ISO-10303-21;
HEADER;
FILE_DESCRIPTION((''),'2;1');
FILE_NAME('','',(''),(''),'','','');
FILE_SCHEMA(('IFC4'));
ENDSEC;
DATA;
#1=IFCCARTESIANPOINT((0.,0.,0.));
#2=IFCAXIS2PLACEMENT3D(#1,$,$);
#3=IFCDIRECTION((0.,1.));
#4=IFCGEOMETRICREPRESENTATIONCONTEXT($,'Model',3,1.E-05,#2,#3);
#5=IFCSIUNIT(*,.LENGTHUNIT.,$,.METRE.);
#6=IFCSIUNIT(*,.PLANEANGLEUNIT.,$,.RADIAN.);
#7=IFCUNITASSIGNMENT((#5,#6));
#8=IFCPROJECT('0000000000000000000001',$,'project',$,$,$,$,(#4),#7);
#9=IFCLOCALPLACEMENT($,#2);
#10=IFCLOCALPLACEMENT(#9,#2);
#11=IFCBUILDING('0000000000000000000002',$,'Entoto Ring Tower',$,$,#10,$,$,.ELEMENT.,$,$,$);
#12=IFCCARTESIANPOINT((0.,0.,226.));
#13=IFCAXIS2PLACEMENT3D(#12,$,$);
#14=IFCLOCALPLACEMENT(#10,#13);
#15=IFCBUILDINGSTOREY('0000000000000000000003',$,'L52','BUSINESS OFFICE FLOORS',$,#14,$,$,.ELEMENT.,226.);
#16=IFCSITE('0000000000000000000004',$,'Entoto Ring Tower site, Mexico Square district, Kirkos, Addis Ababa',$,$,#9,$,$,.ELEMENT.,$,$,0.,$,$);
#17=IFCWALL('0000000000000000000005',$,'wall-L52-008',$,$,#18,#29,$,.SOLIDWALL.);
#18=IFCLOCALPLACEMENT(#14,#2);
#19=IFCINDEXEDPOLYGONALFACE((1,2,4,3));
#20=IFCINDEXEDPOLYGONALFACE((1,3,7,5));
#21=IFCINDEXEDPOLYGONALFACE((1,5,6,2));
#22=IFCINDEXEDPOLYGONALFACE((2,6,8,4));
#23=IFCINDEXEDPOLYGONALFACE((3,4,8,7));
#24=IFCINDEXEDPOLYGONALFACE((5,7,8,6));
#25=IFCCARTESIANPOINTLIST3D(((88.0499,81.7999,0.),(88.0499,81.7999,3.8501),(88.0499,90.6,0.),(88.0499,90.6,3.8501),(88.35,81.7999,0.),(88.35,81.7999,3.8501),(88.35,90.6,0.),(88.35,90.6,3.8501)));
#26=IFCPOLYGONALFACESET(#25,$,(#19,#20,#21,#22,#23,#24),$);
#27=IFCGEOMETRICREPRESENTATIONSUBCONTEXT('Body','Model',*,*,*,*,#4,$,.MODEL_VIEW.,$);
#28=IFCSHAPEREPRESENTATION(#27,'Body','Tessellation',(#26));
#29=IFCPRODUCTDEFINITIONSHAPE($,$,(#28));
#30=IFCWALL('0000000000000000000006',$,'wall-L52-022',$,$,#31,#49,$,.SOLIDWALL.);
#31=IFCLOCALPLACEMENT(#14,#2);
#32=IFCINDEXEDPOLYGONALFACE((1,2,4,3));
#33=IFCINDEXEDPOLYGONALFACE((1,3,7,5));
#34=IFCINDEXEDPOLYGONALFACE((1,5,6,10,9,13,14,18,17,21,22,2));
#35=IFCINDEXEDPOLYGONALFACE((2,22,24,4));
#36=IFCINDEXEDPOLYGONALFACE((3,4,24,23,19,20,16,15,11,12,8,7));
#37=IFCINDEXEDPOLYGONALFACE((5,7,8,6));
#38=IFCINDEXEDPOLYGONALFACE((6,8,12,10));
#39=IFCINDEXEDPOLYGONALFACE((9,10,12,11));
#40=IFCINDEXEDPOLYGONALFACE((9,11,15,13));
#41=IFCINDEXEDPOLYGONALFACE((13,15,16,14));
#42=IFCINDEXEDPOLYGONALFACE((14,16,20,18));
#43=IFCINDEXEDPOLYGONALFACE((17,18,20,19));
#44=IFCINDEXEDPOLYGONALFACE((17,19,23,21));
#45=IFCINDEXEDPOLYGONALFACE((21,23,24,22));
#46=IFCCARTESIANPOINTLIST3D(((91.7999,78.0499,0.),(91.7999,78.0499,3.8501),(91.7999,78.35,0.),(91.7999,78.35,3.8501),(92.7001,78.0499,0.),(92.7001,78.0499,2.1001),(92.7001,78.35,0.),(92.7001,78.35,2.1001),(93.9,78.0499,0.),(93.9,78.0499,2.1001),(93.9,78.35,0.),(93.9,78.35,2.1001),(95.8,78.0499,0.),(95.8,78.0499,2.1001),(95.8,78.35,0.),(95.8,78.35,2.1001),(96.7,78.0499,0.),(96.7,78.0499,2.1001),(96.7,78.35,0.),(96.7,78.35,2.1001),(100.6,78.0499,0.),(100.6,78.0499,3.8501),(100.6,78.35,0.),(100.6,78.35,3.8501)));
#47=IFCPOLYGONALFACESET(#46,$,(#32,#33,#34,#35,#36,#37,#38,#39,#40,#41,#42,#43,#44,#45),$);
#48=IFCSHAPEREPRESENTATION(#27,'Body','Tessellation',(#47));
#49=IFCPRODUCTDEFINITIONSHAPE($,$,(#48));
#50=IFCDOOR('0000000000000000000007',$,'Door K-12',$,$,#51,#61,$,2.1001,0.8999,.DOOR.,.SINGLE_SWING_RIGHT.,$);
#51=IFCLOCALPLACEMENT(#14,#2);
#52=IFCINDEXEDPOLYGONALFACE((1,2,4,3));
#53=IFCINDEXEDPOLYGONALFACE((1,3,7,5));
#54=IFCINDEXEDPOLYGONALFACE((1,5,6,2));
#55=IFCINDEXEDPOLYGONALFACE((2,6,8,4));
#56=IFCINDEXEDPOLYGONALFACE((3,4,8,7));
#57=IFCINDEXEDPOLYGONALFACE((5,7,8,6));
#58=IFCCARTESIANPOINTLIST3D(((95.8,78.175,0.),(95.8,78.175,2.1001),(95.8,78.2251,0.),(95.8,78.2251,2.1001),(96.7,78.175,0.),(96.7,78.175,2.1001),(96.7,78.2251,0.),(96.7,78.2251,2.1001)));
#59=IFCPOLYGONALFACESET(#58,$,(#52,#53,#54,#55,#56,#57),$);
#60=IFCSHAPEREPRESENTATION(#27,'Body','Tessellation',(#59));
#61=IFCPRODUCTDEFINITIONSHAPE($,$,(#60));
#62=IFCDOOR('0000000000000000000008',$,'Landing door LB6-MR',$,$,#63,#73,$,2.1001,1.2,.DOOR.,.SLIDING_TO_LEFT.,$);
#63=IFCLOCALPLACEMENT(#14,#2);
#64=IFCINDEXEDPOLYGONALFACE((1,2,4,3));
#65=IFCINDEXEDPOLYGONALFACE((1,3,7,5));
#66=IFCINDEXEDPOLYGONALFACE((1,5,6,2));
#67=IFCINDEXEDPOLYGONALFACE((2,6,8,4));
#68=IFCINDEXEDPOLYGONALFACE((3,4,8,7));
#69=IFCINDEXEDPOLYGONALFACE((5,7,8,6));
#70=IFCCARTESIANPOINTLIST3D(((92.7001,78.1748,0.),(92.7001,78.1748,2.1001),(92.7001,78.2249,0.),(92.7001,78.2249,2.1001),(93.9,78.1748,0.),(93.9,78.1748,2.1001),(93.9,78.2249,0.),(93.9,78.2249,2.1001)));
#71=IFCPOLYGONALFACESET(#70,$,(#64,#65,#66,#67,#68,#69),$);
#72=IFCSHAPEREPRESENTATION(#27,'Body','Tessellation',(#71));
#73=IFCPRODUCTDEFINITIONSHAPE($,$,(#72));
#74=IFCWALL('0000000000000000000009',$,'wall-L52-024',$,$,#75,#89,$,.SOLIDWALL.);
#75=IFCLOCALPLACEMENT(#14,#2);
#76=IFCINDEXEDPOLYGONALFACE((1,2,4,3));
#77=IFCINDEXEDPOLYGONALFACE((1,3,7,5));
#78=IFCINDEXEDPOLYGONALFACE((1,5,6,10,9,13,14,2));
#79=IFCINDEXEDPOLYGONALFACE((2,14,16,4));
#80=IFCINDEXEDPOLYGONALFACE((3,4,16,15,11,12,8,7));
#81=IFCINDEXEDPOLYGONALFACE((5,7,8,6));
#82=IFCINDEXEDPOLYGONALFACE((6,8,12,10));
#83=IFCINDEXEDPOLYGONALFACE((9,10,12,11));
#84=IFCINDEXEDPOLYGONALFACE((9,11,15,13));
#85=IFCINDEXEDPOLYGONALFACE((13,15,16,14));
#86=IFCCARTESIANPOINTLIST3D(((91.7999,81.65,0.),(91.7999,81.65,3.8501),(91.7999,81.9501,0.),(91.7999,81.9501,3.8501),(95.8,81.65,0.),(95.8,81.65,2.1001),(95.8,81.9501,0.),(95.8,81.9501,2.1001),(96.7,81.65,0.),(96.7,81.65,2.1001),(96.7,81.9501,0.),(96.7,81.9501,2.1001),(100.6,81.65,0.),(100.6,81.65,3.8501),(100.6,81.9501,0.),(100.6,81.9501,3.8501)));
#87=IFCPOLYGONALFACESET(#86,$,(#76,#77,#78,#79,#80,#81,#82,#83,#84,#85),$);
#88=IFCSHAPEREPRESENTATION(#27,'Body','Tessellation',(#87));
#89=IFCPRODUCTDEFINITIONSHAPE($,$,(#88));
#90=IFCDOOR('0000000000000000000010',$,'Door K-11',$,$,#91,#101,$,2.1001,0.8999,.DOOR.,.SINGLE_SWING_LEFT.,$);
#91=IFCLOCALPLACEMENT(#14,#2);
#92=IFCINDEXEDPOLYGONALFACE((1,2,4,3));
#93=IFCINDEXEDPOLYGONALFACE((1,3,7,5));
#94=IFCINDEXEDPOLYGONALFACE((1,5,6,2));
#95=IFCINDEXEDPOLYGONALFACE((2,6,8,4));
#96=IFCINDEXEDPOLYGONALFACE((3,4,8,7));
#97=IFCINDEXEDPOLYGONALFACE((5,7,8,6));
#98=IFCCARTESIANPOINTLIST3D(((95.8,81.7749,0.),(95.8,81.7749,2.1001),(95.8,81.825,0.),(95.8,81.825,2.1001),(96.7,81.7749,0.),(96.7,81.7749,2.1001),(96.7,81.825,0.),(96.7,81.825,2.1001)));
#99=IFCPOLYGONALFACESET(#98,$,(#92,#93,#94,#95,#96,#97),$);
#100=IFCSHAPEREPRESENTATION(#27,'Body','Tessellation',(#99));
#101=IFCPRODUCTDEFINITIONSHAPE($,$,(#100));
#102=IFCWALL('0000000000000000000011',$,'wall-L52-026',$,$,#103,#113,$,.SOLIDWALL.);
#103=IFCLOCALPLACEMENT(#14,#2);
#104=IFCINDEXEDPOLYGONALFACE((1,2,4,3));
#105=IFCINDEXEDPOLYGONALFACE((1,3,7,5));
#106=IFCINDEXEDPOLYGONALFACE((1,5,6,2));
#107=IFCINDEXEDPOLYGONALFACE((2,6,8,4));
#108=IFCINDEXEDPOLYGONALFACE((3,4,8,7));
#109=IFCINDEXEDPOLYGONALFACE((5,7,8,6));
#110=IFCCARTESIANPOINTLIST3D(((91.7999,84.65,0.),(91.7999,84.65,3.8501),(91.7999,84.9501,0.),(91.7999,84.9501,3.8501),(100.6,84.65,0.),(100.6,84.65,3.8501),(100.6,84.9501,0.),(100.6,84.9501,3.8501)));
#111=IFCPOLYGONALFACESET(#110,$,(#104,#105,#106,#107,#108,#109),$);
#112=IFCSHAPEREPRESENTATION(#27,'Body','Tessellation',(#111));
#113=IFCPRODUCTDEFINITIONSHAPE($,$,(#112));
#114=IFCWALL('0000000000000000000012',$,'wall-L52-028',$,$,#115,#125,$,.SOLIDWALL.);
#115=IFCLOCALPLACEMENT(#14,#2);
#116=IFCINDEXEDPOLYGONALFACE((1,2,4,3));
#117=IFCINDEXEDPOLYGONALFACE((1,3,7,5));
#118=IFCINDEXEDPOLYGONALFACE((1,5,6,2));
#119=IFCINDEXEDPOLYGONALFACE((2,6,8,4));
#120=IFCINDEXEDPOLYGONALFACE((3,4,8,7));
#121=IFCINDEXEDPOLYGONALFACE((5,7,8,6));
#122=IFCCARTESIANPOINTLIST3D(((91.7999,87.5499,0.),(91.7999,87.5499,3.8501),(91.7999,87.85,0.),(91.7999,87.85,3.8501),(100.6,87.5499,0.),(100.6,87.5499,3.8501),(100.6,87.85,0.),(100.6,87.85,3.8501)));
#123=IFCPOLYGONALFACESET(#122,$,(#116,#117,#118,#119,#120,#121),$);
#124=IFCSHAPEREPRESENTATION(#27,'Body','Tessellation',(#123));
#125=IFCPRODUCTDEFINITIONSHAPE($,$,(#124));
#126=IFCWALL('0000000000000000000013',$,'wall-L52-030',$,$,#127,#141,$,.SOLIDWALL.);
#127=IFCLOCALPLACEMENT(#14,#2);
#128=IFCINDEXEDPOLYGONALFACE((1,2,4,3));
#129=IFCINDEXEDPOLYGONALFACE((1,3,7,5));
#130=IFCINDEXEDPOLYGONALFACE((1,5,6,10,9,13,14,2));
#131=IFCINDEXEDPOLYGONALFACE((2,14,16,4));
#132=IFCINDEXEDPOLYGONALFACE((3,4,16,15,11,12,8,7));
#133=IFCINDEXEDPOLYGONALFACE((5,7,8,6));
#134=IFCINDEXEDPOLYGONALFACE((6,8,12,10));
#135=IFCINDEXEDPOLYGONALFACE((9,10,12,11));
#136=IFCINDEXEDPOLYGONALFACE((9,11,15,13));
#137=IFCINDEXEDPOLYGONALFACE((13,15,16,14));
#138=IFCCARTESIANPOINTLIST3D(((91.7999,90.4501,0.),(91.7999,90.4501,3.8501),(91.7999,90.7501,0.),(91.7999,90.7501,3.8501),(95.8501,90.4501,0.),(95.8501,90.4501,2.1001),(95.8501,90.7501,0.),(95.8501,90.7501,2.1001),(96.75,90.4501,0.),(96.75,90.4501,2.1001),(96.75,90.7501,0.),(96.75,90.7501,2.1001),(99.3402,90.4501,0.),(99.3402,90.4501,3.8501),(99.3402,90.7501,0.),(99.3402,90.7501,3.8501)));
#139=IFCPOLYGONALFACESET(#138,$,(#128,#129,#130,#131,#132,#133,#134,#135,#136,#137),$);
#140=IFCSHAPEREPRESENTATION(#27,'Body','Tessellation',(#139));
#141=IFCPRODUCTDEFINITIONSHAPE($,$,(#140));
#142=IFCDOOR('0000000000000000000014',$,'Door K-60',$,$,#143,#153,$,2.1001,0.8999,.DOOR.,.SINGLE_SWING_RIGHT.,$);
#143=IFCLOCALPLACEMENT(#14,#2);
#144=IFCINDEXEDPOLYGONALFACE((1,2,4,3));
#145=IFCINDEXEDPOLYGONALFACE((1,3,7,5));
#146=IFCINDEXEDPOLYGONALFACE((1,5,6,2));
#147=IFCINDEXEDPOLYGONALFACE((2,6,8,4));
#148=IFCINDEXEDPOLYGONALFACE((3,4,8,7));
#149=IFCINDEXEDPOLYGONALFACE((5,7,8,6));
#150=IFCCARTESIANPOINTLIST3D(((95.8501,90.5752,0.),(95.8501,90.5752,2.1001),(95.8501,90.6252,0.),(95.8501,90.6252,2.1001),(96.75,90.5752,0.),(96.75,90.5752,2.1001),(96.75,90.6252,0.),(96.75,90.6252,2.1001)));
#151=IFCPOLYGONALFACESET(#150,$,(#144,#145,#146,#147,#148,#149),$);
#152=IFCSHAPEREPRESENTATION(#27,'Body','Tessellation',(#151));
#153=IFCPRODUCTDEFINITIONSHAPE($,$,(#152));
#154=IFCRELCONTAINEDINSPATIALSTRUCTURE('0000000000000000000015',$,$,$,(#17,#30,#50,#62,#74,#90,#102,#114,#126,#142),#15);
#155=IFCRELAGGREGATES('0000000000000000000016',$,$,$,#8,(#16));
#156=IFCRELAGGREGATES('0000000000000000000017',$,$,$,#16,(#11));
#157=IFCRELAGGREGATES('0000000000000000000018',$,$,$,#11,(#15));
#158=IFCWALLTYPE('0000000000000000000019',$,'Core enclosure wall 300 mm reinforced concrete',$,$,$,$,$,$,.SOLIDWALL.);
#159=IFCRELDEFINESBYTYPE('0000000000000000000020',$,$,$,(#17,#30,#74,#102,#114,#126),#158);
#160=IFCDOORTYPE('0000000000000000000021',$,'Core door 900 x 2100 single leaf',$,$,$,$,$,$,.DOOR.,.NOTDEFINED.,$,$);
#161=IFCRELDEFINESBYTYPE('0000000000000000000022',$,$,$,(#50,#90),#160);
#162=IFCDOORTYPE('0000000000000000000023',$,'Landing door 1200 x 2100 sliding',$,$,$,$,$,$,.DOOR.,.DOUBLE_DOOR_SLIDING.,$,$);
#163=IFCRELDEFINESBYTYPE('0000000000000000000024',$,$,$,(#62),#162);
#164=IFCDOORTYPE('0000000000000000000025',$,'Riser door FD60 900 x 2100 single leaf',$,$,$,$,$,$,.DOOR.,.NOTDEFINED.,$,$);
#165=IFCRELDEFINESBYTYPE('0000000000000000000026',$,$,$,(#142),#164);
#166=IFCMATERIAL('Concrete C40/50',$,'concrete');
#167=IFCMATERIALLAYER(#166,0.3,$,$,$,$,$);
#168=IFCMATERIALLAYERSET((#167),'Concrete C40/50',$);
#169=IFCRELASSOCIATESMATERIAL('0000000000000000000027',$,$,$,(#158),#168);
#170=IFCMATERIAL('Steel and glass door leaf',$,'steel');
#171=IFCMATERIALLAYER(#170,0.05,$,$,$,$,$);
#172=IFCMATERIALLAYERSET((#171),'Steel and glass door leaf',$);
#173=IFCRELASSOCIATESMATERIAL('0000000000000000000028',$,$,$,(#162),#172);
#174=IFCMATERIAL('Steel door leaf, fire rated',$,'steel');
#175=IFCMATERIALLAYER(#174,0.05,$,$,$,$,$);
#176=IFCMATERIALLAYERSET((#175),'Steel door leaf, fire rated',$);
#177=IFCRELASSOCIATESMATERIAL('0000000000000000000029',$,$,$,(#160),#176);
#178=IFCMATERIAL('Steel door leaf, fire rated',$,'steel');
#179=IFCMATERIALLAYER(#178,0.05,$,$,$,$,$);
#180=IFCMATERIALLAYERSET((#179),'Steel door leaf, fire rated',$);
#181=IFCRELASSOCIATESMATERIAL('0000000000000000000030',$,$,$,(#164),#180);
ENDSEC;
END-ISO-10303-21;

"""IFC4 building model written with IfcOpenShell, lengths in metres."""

from ifc_helpers import new_model, si_unit, direction, frame, frame_2d, origin, place, context, subcontext, project, spatial, rectangle, extrude, material, layer, layer_set, type_object, element, fill, save


model = new_model("IFC4")

# Units and contexts
model_context = context("Model", 3, precision=1e-05, world=origin(), true_north=direction((0.0, 1.0)))
body_context = subcontext(model_context, "Body", "Model", "MODEL_VIEW")
ifc_project = project(units=[si_unit("LENGTHUNIT", "METRE"), si_unit("PLANEANGLEUNIT", "RADIAN")], contexts=[model_context])

# Site, building, storey
site_placement = place(None, origin())
site = spatial("IfcSite", under=ifc_project, at=site_placement, Name="Entoto Ring Tower site, Mexico Square district, Kirkos, Addis Ababa", CompositionType="ELEMENT", RefElevation=0.0)
building_placement = place(site_placement, origin())
building = spatial("IfcBuilding", under=site, at=building_placement, Name="Entoto Ring Tower", CompositionType="ELEMENT")
storey_placement = place(building_placement, frame((0.0, 0.0, 226.0)))
storey = spatial("IfcBuildingStorey", under=building, at=storey_placement, Name="L52", Description="BUSINESS OFFICE FLOORS", CompositionType="ELEMENT", Elevation=226.0)

# Shared definitions
ifc_material_1 = material(Name="Concrete C40/50", Category="concrete")
ifc_layer_1 = layer(ifc_material_1, 0.3)
ifc_layer_set_1 = layer_set([ifc_layer_1], Name="Concrete C40/50")
wall_type_1 = type_object("IfcWallType", Name="Core enclosure wall 300 mm reinforced concrete", PredefinedType="SOLIDWALL", material=ifc_layer_set_1)

# Shared definitions
ifc_material_2 = material(Name="Steel and glass door leaf", Category="steel")
ifc_layer_2 = layer(ifc_material_2, 0.05)
ifc_layer_set_2 = layer_set([ifc_layer_2], Name="Steel and glass door leaf")
door_type_1 = type_object("IfcDoorType", Name="Landing door 1200 x 2100 sliding", OperationType="DOUBLE_DOOR_SLIDING", PredefinedType="DOOR", material=ifc_layer_set_2)

# Wall
wall_1_placement = place(storey_placement, frame((88.2, 81.8, 0.0), z_axis=(0.0, 0.0, 1.0), x_axis=(0.0, 1.0, 0.0)))
element("IfcWall", 1, at=wall_1_placement, inside=storey, type_object=wall_type_1, Name="wall-L52-008", PredefinedType="SOLIDWALL", context=body_context, shape_type="SweptSolid", body=[
    extrude(rectangle(XDim=8.8, YDim=0.3, at=frame_2d((4.3999, 0.0))), origin(), (0.0, 0.0, 1.0), 3.8501),
])

# Wall, openings, doors
wall_2_placement = place(storey_placement, frame((91.8, 78.2, 0.0), z_axis=(0.0, 0.0, 1.0), x_axis=(1.0, 0.0, 0.0)))
wall_2 = element("IfcWall", 2, at=wall_2_placement, inside=storey, type_object=wall_type_1, Name="wall-L52-022", PredefinedType="SOLIDWALL", context=body_context, shape_type="SweptSolid", body=[
    extrude(rectangle(XDim=8.8, YDim=0.3, at=frame_2d((4.3999, 0.0))), origin(), (0.0, 0.0, 1.0), 3.8501),
])
opening_1_placement = place(wall_2_placement, frame((0.8999, 0.0, 0.0)))
opening_1 = element("IfcOpeningElement", 3, at=opening_1_placement, cuts=wall_2, PredefinedType="OPENING", context=body_context, shape_type="SweptSolid", body=[
    extrude(rectangle(XDim=1.2, YDim=2.1001, at=frame_2d((0.6001, 1.05))), frame((0.0, 0.1602, 0.0), z_axis=(0.0, -1.0, 0.0), x_axis=(1.0, 0.0, 0.0)), (0.0, 0.0, 1.0), 0.3201),
])
opening_2_placement = place(wall_2_placement, frame((4.0, 0.0, 0.0)))
opening_2 = element("IfcOpeningElement", 4, at=opening_2_placement, cuts=wall_2, PredefinedType="OPENING", context=body_context, shape_type="SweptSolid", body=[
    extrude(rectangle(XDim=0.8999, YDim=2.1001, at=frame_2d((0.45, 1.05))), frame((0.0, 0.1602, 0.0), z_axis=(0.0, -1.0, 0.0), x_axis=(1.0, 0.0, 0.0)), (0.0, 0.0, 1.0), 0.3201),
])
ifc_material_3 = material(Name="Steel door leaf, fire rated", Category="steel")
ifc_layer_3 = layer(ifc_material_3, 0.05)
ifc_layer_set_3 = layer_set([ifc_layer_3], Name="Steel door leaf, fire rated")
door_type_2 = type_object("IfcDoorType", Name="Core door 900 x 2100 single leaf", OperationType="NOTDEFINED", PredefinedType="DOOR", material=ifc_layer_set_3)
door_1_placement = place(opening_2_placement, frame((0.8999, 0.0, 0.0), z_axis=(0.0, 0.0, 1.0), x_axis=(-1.0, 0.0, 0.0)))
door_1 = element("IfcDoor", 5, at=door_1_placement, inside=storey, type_object=door_type_2, Name="Door K-12", OperationType="SINGLE_SWING_RIGHT", OverallHeight=2.1001, OverallWidth=0.8999, PredefinedType="DOOR", context=body_context, shape_type="SweptSolid", body=[
    extrude(rectangle(XDim=0.8999, YDim=2.1001, at=frame_2d((0.45, 1.05))), frame((0.0, 0.0249, 0.0), z_axis=(0.0, -1.0, 0.0), x_axis=(1.0, 0.0, 0.0)), (0.0, 0.0, 1.0), 0.05),
])
fill(opening_2, door_1)
door_2_placement = place(opening_1_placement, origin())
door_2 = element("IfcDoor", 6, at=door_2_placement, inside=storey, type_object=door_type_1, Name="Landing door LB6-MR", OperationType="SLIDING_TO_LEFT", OverallHeight=2.1001, OverallWidth=1.2, PredefinedType="DOOR", context=body_context, shape_type="SweptSolid", body=[
    extrude(rectangle(XDim=1.2, YDim=2.1001, at=frame_2d((0.6001, 1.05))), frame((0.0, 0.0249, 0.0), z_axis=(0.0, -1.0, 0.0), x_axis=(1.0, 0.0, 0.0)), (0.0, 0.0, 1.0), 0.05),
])
fill(opening_1, door_2)

# Wall, opening, door
wall_3_placement = place(storey_placement, frame((91.8, 81.8, 0.0), z_axis=(0.0, 0.0, 1.0), x_axis=(1.0, 0.0, 0.0)))
wall_3 = element("IfcWall", 7, at=wall_3_placement, inside=storey, type_object=wall_type_1, Name="wall-L52-024", PredefinedType="SOLIDWALL", context=body_context, shape_type="SweptSolid", body=[
    extrude(rectangle(XDim=8.8, YDim=0.3, at=frame_2d((4.3999, 0.0))), origin(), (0.0, 0.0, 1.0), 3.8501),
])
opening_3_placement = place(wall_3_placement, frame((4.0, 0.0, 0.0)))
opening_3 = element("IfcOpeningElement", 8, at=opening_3_placement, cuts=wall_3, PredefinedType="OPENING", context=body_context, shape_type="SweptSolid", body=[
    extrude(rectangle(XDim=0.8999, YDim=2.1001, at=frame_2d((0.45, 1.05))), frame((0.0, 0.1602, 0.0), z_axis=(0.0, -1.0, 0.0), x_axis=(1.0, 0.0, 0.0)), (0.0, 0.0, 1.0), 0.3201),
])
door_3_placement = place(opening_3_placement, origin())
door_3 = element("IfcDoor", 9, at=door_3_placement, inside=storey, type_object=door_type_2, Name="Door K-11", OperationType="SINGLE_SWING_LEFT", OverallHeight=2.1001, OverallWidth=0.8999, PredefinedType="DOOR", context=body_context, shape_type="SweptSolid", body=[
    extrude(rectangle(XDim=0.8999, YDim=2.1001, at=frame_2d((0.45, 1.05))), frame((0.0, 0.0249, 0.0), z_axis=(0.0, -1.0, 0.0), x_axis=(1.0, 0.0, 0.0)), (0.0, 0.0, 1.0), 0.05),
])
fill(opening_3, door_3)

# Walls
for number, where, z_axis, x_axis, name in (
    (10, (91.8, 84.8, 0.0), (0.0, 0.0, 1.0), (1.0, 0.0, 0.0), "wall-L52-026"),
    (11, (91.8, 87.7, 0.0), (0.0, 0.0, 1.0), (1.0, 0.0, 0.0), "wall-L52-028"),
):
    element("IfcWall", number, at=place(storey_placement, frame(where, z_axis=z_axis, x_axis=x_axis)), inside=storey, type_object=wall_type_1, Name=name, PredefinedType="SOLIDWALL", context=body_context, shape_type="SweptSolid", body=[
        extrude(rectangle(XDim=8.8, YDim=0.3, at=frame_2d((4.3999, 0.0))), origin(), (0.0, 0.0, 1.0), 3.8501),
    ])

# Wall, opening, door
wall_4_placement = place(storey_placement, frame((91.8, 90.6001, 0.0), z_axis=(0.0, 0.0, 1.0), x_axis=(1.0, 0.0, 0.0)))
wall_4 = element("IfcWall", 12, at=wall_4_placement, inside=storey, type_object=wall_type_1, Name="wall-L52-030", PredefinedType="SOLIDWALL", context=body_context, shape_type="SweptSolid", body=[
    extrude(rectangle(XDim=7.5403, YDim=0.3, at=frame_2d((3.77, 0.0))), origin(), (0.0, 0.0, 1.0), 3.8501),
])
opening_4_placement = place(wall_4_placement, frame((4.05, 0.0, 0.0)))
opening_4 = element("IfcOpeningElement", 13, at=opening_4_placement, cuts=wall_4, PredefinedType="OPENING", context=body_context, shape_type="SweptSolid", body=[
    extrude(rectangle(XDim=0.8999, YDim=2.1001, at=frame_2d((0.45, 1.05))), frame((0.0, 0.1602, 0.0), z_axis=(0.0, -1.0, 0.0), x_axis=(1.0, 0.0, 0.0)), (0.0, 0.0, 1.0), 0.3201),
])
ifc_material_4 = material(Name="Steel door leaf, fire rated", Category="steel")
ifc_layer_4 = layer(ifc_material_4, 0.05)
ifc_layer_set_4 = layer_set([ifc_layer_4], Name="Steel door leaf, fire rated")
door_type_3 = type_object("IfcDoorType", Name="Riser door FD60 900 x 2100 single leaf", OperationType="NOTDEFINED", PredefinedType="DOOR", material=ifc_layer_set_4)
door_4_placement = place(opening_4_placement, frame((0.8999, 0.0, 0.0), z_axis=(0.0, 0.0, 1.0), x_axis=(-1.0, 0.0, 0.0)))
door_4 = element("IfcDoor", 14, at=door_4_placement, inside=storey, type_object=door_type_3, Name="Door K-60", OperationType="SINGLE_SWING_RIGHT", OverallHeight=2.1001, OverallWidth=0.8999, PredefinedType="DOOR", context=body_context, shape_type="SweptSolid", body=[
    extrude(rectangle(XDim=0.8999, YDim=2.1001, at=frame_2d((0.45, 1.05))), frame((0.0, 0.0249, 0.0), z_axis=(0.0, -1.0, 0.0), x_axis=(1.0, 0.0, 0.0)), (0.0, 0.0, 1.0), 0.05),
])
fill(opening_4, door_4)

save(model, "model.ifc")
